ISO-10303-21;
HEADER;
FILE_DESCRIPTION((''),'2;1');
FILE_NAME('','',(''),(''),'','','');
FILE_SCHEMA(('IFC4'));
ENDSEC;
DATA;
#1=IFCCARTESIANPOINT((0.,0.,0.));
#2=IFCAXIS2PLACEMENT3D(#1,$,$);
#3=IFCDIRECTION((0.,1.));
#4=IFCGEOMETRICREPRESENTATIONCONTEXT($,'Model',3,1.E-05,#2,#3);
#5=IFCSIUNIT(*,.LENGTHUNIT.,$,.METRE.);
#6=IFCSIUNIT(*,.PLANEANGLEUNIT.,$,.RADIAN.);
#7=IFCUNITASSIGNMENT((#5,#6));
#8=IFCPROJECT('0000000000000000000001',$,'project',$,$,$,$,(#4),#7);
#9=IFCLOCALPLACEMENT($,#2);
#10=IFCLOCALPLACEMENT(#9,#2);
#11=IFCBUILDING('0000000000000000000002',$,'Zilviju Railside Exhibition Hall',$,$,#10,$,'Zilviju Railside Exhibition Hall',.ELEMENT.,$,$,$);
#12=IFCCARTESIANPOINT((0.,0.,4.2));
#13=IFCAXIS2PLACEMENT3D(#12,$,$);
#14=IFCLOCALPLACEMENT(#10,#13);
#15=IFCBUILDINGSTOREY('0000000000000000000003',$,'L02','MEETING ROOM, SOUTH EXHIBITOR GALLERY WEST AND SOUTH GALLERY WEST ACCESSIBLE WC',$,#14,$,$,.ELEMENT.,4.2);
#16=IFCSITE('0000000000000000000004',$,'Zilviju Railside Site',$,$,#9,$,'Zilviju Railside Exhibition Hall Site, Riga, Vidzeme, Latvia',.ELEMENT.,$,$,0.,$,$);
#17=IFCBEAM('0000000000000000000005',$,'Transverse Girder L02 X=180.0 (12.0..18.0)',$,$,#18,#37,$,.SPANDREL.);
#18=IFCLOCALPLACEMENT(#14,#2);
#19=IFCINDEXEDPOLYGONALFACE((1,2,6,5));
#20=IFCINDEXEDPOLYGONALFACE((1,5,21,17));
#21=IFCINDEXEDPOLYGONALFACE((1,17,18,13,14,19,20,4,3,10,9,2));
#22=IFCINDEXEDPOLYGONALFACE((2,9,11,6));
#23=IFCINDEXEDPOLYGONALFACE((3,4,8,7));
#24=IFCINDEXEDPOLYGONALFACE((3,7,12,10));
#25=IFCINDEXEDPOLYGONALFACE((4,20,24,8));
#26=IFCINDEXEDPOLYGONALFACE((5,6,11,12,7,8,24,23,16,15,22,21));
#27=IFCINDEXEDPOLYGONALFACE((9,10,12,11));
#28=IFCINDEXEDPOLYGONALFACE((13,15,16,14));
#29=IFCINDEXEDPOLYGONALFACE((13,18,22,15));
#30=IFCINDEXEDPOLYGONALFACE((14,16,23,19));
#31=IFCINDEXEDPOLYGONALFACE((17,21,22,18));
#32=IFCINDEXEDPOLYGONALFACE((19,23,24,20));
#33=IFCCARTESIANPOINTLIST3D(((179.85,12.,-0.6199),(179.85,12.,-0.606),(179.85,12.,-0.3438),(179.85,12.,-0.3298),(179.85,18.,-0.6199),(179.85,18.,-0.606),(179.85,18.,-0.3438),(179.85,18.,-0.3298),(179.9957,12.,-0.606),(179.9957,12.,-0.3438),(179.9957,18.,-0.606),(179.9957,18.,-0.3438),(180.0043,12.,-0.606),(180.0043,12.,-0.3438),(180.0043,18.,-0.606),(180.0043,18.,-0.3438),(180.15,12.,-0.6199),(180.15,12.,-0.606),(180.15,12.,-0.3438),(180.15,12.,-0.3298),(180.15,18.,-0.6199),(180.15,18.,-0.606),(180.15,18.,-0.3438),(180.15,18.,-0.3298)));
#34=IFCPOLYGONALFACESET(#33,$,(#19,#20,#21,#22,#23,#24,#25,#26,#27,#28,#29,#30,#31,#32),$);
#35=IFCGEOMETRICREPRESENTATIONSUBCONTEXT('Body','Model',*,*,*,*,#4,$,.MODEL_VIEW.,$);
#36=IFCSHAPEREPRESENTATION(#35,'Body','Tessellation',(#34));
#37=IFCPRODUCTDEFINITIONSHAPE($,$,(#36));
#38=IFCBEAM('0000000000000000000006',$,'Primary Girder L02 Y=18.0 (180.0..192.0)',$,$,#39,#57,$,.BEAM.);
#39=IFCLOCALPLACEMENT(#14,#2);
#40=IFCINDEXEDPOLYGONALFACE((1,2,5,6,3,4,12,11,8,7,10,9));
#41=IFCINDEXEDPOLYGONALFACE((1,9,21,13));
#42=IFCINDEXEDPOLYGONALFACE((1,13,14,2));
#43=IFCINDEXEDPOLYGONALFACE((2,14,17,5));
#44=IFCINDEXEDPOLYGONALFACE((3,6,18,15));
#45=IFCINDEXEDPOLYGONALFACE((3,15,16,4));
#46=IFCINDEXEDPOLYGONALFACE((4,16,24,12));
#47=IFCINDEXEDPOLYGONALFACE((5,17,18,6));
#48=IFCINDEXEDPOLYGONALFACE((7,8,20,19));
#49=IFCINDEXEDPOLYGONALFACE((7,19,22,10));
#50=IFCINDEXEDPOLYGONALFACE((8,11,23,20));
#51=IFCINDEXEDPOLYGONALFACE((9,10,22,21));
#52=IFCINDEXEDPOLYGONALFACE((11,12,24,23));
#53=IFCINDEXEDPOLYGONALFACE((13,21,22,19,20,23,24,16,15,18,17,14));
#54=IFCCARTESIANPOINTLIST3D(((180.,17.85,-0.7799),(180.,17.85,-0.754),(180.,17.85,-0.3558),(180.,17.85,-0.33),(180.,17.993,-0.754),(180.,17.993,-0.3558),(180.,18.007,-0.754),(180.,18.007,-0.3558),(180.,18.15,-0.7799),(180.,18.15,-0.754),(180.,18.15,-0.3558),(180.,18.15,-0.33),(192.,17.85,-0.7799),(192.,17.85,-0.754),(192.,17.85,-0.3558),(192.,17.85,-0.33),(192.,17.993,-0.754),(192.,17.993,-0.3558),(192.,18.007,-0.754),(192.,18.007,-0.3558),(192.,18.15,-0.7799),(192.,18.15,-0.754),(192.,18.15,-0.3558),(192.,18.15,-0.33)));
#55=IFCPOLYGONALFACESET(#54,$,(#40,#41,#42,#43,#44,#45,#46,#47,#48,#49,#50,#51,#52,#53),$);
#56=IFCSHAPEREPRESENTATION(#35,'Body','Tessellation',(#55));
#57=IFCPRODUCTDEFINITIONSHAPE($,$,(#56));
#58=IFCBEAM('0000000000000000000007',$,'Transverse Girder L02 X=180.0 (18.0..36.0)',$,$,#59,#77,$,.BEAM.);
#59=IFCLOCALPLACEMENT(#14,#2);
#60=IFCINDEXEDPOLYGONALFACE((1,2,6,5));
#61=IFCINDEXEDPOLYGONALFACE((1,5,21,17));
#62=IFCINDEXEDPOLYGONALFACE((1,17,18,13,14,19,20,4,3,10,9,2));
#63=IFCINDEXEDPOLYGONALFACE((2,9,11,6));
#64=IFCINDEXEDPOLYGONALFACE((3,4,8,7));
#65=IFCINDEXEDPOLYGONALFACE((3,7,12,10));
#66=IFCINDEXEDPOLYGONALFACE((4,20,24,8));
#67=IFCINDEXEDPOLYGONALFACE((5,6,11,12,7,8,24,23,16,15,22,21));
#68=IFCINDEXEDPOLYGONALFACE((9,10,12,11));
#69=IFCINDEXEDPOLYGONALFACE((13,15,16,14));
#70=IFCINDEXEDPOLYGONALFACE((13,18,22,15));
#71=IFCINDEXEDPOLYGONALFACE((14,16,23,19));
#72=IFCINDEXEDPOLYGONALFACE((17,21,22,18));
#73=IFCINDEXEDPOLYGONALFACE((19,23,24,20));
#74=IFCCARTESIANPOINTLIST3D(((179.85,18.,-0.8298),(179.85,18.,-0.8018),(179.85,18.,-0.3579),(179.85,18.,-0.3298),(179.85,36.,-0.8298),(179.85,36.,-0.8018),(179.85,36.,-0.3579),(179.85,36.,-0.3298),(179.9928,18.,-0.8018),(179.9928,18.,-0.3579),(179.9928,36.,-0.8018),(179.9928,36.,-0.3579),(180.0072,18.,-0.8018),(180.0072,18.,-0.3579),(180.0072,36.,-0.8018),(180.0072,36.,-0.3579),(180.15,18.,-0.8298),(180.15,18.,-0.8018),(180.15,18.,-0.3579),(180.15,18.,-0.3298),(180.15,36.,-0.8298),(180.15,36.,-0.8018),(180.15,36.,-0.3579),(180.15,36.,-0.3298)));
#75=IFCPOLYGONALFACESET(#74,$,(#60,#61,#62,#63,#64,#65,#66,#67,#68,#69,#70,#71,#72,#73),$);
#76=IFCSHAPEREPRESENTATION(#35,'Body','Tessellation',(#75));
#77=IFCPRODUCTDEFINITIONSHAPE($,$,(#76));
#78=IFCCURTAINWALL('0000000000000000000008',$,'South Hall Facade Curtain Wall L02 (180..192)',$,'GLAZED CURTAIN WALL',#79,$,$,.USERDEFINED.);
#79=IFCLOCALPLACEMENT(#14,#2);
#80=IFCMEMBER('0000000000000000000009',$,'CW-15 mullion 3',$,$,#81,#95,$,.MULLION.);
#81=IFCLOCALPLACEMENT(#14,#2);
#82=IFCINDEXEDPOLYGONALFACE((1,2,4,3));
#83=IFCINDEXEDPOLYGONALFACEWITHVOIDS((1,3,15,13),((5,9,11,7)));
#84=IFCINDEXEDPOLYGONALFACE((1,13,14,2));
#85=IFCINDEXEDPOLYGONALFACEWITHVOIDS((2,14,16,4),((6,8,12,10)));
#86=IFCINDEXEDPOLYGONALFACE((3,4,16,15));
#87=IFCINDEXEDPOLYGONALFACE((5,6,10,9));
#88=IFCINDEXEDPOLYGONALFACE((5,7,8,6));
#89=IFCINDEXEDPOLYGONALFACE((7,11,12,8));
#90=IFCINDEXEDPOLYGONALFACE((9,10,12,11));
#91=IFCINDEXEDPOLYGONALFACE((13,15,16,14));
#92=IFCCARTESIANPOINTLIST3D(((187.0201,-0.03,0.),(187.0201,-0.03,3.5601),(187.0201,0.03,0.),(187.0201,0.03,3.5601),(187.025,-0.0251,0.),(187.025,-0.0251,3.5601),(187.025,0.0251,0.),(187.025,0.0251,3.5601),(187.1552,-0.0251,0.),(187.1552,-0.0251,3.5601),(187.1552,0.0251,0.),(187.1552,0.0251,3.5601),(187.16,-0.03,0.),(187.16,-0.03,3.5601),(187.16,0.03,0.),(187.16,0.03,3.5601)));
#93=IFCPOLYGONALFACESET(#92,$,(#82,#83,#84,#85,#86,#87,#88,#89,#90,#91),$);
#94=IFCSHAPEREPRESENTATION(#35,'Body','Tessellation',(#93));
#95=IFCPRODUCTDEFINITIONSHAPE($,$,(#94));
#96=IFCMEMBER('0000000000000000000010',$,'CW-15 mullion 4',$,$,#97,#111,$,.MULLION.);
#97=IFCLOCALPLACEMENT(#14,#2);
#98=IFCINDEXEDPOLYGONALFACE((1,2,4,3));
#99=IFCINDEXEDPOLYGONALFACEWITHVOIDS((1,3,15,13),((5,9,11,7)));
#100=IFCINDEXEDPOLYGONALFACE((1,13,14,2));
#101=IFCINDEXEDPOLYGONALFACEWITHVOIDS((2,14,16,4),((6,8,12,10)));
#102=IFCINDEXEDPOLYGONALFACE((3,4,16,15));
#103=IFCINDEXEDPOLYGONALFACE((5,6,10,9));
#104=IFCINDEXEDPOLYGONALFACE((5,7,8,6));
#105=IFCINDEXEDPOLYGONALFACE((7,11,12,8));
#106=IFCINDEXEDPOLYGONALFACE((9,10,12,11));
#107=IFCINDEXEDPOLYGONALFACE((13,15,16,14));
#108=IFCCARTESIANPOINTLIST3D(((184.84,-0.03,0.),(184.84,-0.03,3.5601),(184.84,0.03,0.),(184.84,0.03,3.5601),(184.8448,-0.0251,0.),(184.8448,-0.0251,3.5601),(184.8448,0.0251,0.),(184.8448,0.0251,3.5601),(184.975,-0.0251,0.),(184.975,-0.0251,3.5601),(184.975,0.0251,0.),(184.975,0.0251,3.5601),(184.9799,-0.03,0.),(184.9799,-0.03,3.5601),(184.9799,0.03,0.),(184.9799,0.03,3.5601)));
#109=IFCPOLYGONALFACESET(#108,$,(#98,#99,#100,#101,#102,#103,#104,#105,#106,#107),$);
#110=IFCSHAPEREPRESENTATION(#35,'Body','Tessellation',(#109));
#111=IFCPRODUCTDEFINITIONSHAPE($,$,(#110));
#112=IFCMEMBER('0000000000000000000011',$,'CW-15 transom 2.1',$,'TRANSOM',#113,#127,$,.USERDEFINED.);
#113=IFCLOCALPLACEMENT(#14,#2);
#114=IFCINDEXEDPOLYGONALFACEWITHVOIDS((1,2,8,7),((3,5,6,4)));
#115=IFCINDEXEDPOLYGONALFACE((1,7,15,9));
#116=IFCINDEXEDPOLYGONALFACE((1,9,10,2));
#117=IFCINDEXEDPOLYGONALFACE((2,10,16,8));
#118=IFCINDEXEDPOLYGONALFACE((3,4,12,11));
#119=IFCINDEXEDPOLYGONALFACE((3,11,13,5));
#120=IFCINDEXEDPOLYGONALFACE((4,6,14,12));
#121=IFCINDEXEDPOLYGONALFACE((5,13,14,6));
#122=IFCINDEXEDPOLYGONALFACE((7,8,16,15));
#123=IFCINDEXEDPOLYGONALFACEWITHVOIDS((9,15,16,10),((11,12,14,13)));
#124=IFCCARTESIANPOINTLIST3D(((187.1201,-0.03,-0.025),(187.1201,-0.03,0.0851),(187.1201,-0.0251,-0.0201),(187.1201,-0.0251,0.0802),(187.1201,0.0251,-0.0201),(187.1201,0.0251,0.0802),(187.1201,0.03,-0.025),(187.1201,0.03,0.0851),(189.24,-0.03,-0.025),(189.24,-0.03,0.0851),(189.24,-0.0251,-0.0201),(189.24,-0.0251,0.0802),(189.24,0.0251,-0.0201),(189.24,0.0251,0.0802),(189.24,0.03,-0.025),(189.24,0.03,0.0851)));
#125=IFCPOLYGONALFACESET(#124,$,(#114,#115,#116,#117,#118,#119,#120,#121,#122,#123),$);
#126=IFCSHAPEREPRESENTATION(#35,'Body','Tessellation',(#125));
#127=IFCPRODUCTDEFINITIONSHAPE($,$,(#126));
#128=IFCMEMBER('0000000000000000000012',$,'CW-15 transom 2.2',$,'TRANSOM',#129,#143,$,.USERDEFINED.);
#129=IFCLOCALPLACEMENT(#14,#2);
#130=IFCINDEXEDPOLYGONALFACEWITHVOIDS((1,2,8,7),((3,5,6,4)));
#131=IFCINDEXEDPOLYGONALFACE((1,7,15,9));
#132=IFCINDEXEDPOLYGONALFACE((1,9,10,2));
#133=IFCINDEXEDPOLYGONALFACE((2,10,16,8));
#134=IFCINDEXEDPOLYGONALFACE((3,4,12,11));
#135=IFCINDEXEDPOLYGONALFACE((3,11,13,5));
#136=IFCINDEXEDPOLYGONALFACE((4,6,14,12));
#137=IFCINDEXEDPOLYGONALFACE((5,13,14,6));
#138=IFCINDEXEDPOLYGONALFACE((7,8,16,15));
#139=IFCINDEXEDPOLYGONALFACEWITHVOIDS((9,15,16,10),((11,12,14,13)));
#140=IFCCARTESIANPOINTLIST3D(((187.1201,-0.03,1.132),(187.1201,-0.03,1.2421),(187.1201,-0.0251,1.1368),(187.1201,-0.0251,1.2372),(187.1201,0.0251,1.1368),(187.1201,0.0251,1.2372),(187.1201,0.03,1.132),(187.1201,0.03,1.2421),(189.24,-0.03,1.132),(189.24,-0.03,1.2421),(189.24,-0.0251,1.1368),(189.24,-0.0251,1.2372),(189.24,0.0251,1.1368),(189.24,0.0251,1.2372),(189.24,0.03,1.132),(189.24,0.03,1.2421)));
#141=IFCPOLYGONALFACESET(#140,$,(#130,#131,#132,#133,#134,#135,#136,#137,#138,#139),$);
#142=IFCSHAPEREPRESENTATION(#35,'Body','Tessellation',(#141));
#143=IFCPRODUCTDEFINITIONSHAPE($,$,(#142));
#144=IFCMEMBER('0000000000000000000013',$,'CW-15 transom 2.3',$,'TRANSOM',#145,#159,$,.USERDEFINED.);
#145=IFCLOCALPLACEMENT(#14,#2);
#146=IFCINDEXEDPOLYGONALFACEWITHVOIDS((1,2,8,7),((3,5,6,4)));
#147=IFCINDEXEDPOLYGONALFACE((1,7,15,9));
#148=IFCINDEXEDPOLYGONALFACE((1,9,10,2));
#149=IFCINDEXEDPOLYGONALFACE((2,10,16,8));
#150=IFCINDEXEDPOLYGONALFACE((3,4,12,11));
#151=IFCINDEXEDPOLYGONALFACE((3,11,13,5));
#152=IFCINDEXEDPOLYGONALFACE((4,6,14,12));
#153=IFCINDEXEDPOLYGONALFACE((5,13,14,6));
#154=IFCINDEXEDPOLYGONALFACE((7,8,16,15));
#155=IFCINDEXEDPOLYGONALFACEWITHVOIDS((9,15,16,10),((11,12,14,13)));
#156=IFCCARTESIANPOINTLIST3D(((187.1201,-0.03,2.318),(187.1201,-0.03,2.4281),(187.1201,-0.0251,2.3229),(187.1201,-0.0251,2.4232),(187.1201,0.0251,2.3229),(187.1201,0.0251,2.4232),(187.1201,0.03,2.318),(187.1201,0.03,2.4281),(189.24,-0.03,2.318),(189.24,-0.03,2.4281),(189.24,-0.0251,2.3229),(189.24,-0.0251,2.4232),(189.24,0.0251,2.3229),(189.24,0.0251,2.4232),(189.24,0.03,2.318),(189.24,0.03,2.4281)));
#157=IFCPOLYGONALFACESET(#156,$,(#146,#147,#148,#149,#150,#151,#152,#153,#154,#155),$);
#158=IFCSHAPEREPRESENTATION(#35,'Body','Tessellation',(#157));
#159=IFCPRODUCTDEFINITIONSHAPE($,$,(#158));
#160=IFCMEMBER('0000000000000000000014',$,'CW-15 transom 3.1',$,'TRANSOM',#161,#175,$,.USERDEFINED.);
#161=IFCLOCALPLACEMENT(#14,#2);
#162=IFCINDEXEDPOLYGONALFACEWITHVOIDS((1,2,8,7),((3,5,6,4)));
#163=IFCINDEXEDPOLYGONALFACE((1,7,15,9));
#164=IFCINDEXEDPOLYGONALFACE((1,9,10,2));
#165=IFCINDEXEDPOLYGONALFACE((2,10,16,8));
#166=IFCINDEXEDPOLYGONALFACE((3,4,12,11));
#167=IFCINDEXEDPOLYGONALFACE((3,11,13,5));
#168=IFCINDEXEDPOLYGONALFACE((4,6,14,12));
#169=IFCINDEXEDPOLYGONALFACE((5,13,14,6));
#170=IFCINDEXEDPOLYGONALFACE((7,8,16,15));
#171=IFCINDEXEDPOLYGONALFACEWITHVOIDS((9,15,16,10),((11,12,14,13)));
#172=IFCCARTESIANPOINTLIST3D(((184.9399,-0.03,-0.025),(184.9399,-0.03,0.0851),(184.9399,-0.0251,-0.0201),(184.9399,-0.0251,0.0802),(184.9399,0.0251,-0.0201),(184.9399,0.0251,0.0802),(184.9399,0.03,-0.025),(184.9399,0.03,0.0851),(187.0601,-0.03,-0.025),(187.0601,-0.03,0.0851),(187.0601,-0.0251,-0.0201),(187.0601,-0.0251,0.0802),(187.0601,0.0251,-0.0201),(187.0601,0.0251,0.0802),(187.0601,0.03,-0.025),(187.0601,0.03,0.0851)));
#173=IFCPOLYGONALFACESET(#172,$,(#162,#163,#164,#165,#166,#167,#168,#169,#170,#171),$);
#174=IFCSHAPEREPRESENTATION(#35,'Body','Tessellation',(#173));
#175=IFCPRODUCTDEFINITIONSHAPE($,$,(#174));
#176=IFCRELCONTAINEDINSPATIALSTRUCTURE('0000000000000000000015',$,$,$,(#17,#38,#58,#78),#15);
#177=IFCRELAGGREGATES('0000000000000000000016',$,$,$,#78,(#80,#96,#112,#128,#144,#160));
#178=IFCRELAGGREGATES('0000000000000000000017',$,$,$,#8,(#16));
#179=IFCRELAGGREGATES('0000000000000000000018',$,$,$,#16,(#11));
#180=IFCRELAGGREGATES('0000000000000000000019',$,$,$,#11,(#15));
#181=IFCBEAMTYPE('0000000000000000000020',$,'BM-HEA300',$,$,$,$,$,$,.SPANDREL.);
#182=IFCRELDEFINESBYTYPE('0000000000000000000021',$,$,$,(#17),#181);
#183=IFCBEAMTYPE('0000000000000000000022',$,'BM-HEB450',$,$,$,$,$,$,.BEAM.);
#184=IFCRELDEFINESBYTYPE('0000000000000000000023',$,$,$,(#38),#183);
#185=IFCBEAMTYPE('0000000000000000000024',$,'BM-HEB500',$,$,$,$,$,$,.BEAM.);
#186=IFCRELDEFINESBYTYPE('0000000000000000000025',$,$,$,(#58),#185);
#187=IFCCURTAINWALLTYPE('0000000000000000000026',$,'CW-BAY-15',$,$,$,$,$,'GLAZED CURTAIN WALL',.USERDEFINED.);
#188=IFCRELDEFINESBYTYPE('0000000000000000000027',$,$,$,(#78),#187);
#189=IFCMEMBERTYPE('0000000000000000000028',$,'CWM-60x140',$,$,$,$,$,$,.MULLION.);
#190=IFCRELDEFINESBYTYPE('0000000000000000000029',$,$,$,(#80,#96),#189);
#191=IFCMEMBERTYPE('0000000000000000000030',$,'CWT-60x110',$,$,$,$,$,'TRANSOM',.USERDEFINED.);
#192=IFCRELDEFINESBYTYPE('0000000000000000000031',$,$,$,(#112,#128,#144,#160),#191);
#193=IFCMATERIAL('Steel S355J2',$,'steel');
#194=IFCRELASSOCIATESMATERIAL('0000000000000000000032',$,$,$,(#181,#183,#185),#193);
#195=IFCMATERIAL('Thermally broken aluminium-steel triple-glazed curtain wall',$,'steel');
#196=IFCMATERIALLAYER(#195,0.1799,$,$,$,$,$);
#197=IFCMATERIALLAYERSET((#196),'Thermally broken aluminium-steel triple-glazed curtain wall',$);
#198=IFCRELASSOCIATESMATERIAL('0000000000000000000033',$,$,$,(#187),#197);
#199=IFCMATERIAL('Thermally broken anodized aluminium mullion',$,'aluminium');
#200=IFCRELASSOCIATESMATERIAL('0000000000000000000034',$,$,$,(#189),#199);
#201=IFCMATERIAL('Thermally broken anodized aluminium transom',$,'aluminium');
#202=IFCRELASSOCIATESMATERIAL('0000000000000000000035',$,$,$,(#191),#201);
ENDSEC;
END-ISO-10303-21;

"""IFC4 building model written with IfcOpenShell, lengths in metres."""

from ifc_helpers import new_model, si_unit, direction, frame, origin, origin_2d, place, context, subcontext, project, spatial, hollow_rectangle, i_section, extrude, material, layer, layer_set, material_profile, profile_set, type_object, element, aggregate, save


model = new_model("IFC4")

# Units and contexts
model_context = context("Model", 3, precision=1e-05, world=origin(), true_north=direction((0.0, 1.0)))
body_context = subcontext(model_context, "Body", "Model", "MODEL_VIEW")
ifc_project = project(units=[si_unit("LENGTHUNIT", "METRE"), si_unit("PLANEANGLEUNIT", "RADIAN")], contexts=[model_context])

# Site, building, storey
site_placement = place(None, origin())
site = spatial("IfcSite", under=ifc_project, at=site_placement, Name="Zilviju Railside Site", LongName="Zilviju Railside Exhibition Hall Site, Riga, Vidzeme, Latvia", CompositionType="ELEMENT", RefElevation=0.0)
building_placement = place(site_placement, origin())
building = spatial("IfcBuilding", under=site, at=building_placement, Name="Zilviju Railside Exhibition Hall", LongName="Zilviju Railside Exhibition Hall", CompositionType="ELEMENT")
storey_placement = place(building_placement, frame((0.0, 0.0, 4.2)))
storey = spatial("IfcBuildingStorey", under=building, at=storey_placement, Name="L02", Description="MEETING ROOM, SOUTH EXHIBITOR GALLERY WEST AND SOUTH GALLERY WEST ACCESSIBLE WC", CompositionType="ELEMENT", Elevation=4.2)

# Beams
ifc_material_1 = material(Name="Steel S355J2", Category="steel")
ifc_material_profile_1 = material_profile(ifc_material_1, i_section(OverallWidth=0.3, OverallDepth=0.29, WebThickness=0.0085, FlangeThickness=0.0139, at=origin_2d()), Name="HEA 300")
ifc_profile_set_1 = profile_set([ifc_material_profile_1], Name="Steel S355J2")
beam_type_1 = type_object("IfcBeamType", Name="BM-HEA300", PredefinedType="SPANDREL", material=ifc_profile_set_1)
beam_1_placement = place(storey_placement, frame((180.0, 12.0, -0.4749), z_axis=(0.0, 1.0, 0.0), x_axis=(-1.0, 0.0, 0.0)))
element("IfcBeam", 1, at=beam_1_placement, inside=storey, type_object=beam_type_1, Name="Transverse Girder L02 X=180.0 (12.0..18.0)", PredefinedType="SPANDREL", context=body_context, shape_type="SweptSolid", body=[
    extrude(i_section(OverallWidth=0.3, OverallDepth=0.29, WebThickness=0.0085, FlangeThickness=0.0139, at=origin_2d()), origin(), (0.0, 0.0, 1.0), 6.0),
])
ifc_material_profile_2 = material_profile(ifc_material_1, i_section(OverallWidth=0.3, OverallDepth=0.45, WebThickness=0.0139, FlangeThickness=0.0259, at=origin_2d()), Name="HEB 450")
ifc_profile_set_2 = profile_set([ifc_material_profile_2], Name="Steel S355J2")
beam_type_2 = type_object("IfcBeamType", Name="BM-HEB450", PredefinedType="BEAM", material=ifc_profile_set_2)
beam_2_placement = place(storey_placement, frame((180.0, 18.0, -0.5549), z_axis=(1.0, 0.0, 0.0), x_axis=(0.0, 1.0, 0.0)))
element("IfcBeam", 2, at=beam_2_placement, inside=storey, type_object=beam_type_2, Name="Primary Girder L02 Y=18.0 (180.0..192.0)", PredefinedType="BEAM", context=body_context, shape_type="SweptSolid", body=[
    extrude(i_section(OverallWidth=0.3, OverallDepth=0.45, WebThickness=0.0139, FlangeThickness=0.0259, at=origin_2d()), origin(), (0.0, 0.0, 1.0), 12.0),
])
ifc_material_profile_3 = material_profile(ifc_material_1, i_section(OverallWidth=0.3, OverallDepth=0.5, WebThickness=0.0144, FlangeThickness=0.0281, at=origin_2d()), Name="HEB 500")
ifc_profile_set_3 = profile_set([ifc_material_profile_3], Name="Steel S355J2")
beam_type_3 = type_object("IfcBeamType", Name="BM-HEB500", PredefinedType="BEAM", material=ifc_profile_set_3)
beam_3_placement = place(storey_placement, frame((180.0, 18.0, -0.5798), z_axis=(0.0, 1.0, 0.0), x_axis=(-1.0, 0.0, 0.0)))
element("IfcBeam", 3, at=beam_3_placement, inside=storey, type_object=beam_type_3, Name="Transverse Girder L02 X=180.0 (18.0..36.0)", PredefinedType="BEAM", context=body_context, shape_type="SweptSolid", body=[
    extrude(i_section(OverallWidth=0.3, OverallDepth=0.5, WebThickness=0.0144, FlangeThickness=0.0281, at=origin_2d()), origin(), (0.0, 0.0, 1.0), 18.0),
])

# Curtain wall, members
ifc_material_2 = material(Name="Thermally broken aluminium-steel triple-glazed curtain wall", Category="steel")
ifc_layer_1 = layer(ifc_material_2, 0.1799)
ifc_layer_set_1 = layer_set([ifc_layer_1], Name="Thermally broken aluminium-steel triple-glazed curtain wall")
curtain_wall_type = type_object("IfcCurtainWallType", Name="CW-BAY-15", ElementType="GLAZED CURTAIN WALL", PredefinedType="USERDEFINED", material=ifc_layer_set_1)
curtain_wall_placement = place(storey_placement, origin())
curtain_wall = element("IfcCurtainWall", 4, at=curtain_wall_placement, inside=storey, type_object=curtain_wall_type, Name="South Hall Facade Curtain Wall L02 (180..192)", ObjectType="GLAZED CURTAIN WALL", PredefinedType="USERDEFINED")
ifc_material_3 = material(Name="Thermally broken anodized aluminium mullion", Category="aluminium")
ifc_material_profile_4 = material_profile(ifc_material_3, hollow_rectangle(XDim=0.0601, YDim=0.1399, WallThickness=0.0049, at=origin_2d()), Name="MULLION 140x60x5")
ifc_profile_set_4 = profile_set([ifc_material_profile_4], Name="Thermally broken anodized aluminium mullion")
member_type_1 = type_object("IfcMemberType", Name="CWM-60x140", PredefinedType="MULLION", material=ifc_profile_set_4)
member_1_placement = place(storey_placement, frame((187.0901, 0.0, 0.0), z_axis=(0.0, 0.0, 1.0), x_axis=(0.0, -1.0, 0.0)))
member_1 = element("IfcMember", 5, at=member_1_placement, type_object=member_type_1, Name="CW-15 mullion 3", PredefinedType="MULLION", context=body_context, shape_type="SweptSolid", body=[
    extrude(hollow_rectangle(XDim=0.0601, YDim=0.1399, WallThickness=0.0049, at=origin_2d()), origin(), (0.0, 0.0, 1.0), 3.5601),
])
member_2_placement = place(storey_placement, frame((184.9099, 0.0, 0.0), z_axis=(0.0, 0.0, 1.0), x_axis=(0.0, -1.0, 0.0)))
member_2 = element("IfcMember", 6, at=member_2_placement, type_object=member_type_1, Name="CW-15 mullion 4", PredefinedType="MULLION", context=body_context, shape_type="SweptSolid", body=[
    extrude(hollow_rectangle(XDim=0.0601, YDim=0.1399, WallThickness=0.0049, at=origin_2d()), origin(), (0.0, 0.0, 1.0), 3.5601),
])
ifc_material_4 = material(Name="Thermally broken anodized aluminium transom", Category="aluminium")
ifc_material_profile_5 = material_profile(ifc_material_4, hollow_rectangle(XDim=0.0601, YDim=0.1101, WallThickness=0.0049, at=origin_2d()), Name="TRANSOM 110x60x5")
ifc_profile_set_5 = profile_set([ifc_material_profile_5], Name="Thermally broken anodized aluminium transom")
member_type_2 = type_object("IfcMemberType", Name="CWT-60x110", ElementType="TRANSOM", PredefinedType="USERDEFINED", material=ifc_profile_set_5)
member_3_placement = place(storey_placement, frame((189.24, 0.0, 0.03), z_axis=(-1.0, 0.0, 0.0), x_axis=(0.0, -1.0, 0.0)))
member_3 = element("IfcMember", 7, at=member_3_placement, type_object=member_type_2, Name="CW-15 transom 2.1", ObjectType="TRANSOM", PredefinedType="USERDEFINED", context=body_context, shape_type="SweptSolid", body=[
    extrude(hollow_rectangle(XDim=0.0601, YDim=0.1101, WallThickness=0.0049, at=origin_2d()), origin(), (0.0, 0.0, 1.0), 2.1199),
])
member_4_placement = place(storey_placement, frame((189.24, 0.0, 1.187), z_axis=(-1.0, 0.0, 0.0), x_axis=(0.0, -1.0, 0.0)))
member_4 = element("IfcMember", 8, at=member_4_placement, type_object=member_type_2, Name="CW-15 transom 2.2", ObjectType="TRANSOM", PredefinedType="USERDEFINED", context=body_context, shape_type="SweptSolid", body=[
    extrude(hollow_rectangle(XDim=0.0601, YDim=0.1101, WallThickness=0.0049, at=origin_2d()), origin(), (0.0, 0.0, 1.0), 2.1199),
])
member_5_placement = place(storey_placement, frame((189.24, 0.0, 2.373), z_axis=(-1.0, 0.0, 0.0), x_axis=(0.0, -1.0, 0.0)))
member_5 = element("IfcMember", 9, at=member_5_placement, type_object=member_type_2, Name="CW-15 transom 2.3", ObjectType="TRANSOM", PredefinedType="USERDEFINED", context=body_context, shape_type="SweptSolid", body=[
    extrude(hollow_rectangle(XDim=0.0601, YDim=0.1101, WallThickness=0.0049, at=origin_2d()), origin(), (0.0, 0.0, 1.0), 2.1199),
])
member_6_placement = place(storey_placement, frame((187.0601, 0.0, 0.03), z_axis=(-1.0, 0.0, 0.0), x_axis=(0.0, -1.0, 0.0)))
member_6 = element("IfcMember", 10, at=member_6_placement, type_object=member_type_2, Name="CW-15 transom 3.1", ObjectType="TRANSOM", PredefinedType="USERDEFINED", context=body_context, shape_type="SweptSolid", body=[
    extrude(hollow_rectangle(XDim=0.0601, YDim=0.1101, WallThickness=0.0049, at=origin_2d()), origin(), (0.0, 0.0, 1.0), 2.1201),
])
aggregate(curtain_wall, [member_1, member_2, member_3, member_4, member_5, member_6])

save(model, "model.ifc")
